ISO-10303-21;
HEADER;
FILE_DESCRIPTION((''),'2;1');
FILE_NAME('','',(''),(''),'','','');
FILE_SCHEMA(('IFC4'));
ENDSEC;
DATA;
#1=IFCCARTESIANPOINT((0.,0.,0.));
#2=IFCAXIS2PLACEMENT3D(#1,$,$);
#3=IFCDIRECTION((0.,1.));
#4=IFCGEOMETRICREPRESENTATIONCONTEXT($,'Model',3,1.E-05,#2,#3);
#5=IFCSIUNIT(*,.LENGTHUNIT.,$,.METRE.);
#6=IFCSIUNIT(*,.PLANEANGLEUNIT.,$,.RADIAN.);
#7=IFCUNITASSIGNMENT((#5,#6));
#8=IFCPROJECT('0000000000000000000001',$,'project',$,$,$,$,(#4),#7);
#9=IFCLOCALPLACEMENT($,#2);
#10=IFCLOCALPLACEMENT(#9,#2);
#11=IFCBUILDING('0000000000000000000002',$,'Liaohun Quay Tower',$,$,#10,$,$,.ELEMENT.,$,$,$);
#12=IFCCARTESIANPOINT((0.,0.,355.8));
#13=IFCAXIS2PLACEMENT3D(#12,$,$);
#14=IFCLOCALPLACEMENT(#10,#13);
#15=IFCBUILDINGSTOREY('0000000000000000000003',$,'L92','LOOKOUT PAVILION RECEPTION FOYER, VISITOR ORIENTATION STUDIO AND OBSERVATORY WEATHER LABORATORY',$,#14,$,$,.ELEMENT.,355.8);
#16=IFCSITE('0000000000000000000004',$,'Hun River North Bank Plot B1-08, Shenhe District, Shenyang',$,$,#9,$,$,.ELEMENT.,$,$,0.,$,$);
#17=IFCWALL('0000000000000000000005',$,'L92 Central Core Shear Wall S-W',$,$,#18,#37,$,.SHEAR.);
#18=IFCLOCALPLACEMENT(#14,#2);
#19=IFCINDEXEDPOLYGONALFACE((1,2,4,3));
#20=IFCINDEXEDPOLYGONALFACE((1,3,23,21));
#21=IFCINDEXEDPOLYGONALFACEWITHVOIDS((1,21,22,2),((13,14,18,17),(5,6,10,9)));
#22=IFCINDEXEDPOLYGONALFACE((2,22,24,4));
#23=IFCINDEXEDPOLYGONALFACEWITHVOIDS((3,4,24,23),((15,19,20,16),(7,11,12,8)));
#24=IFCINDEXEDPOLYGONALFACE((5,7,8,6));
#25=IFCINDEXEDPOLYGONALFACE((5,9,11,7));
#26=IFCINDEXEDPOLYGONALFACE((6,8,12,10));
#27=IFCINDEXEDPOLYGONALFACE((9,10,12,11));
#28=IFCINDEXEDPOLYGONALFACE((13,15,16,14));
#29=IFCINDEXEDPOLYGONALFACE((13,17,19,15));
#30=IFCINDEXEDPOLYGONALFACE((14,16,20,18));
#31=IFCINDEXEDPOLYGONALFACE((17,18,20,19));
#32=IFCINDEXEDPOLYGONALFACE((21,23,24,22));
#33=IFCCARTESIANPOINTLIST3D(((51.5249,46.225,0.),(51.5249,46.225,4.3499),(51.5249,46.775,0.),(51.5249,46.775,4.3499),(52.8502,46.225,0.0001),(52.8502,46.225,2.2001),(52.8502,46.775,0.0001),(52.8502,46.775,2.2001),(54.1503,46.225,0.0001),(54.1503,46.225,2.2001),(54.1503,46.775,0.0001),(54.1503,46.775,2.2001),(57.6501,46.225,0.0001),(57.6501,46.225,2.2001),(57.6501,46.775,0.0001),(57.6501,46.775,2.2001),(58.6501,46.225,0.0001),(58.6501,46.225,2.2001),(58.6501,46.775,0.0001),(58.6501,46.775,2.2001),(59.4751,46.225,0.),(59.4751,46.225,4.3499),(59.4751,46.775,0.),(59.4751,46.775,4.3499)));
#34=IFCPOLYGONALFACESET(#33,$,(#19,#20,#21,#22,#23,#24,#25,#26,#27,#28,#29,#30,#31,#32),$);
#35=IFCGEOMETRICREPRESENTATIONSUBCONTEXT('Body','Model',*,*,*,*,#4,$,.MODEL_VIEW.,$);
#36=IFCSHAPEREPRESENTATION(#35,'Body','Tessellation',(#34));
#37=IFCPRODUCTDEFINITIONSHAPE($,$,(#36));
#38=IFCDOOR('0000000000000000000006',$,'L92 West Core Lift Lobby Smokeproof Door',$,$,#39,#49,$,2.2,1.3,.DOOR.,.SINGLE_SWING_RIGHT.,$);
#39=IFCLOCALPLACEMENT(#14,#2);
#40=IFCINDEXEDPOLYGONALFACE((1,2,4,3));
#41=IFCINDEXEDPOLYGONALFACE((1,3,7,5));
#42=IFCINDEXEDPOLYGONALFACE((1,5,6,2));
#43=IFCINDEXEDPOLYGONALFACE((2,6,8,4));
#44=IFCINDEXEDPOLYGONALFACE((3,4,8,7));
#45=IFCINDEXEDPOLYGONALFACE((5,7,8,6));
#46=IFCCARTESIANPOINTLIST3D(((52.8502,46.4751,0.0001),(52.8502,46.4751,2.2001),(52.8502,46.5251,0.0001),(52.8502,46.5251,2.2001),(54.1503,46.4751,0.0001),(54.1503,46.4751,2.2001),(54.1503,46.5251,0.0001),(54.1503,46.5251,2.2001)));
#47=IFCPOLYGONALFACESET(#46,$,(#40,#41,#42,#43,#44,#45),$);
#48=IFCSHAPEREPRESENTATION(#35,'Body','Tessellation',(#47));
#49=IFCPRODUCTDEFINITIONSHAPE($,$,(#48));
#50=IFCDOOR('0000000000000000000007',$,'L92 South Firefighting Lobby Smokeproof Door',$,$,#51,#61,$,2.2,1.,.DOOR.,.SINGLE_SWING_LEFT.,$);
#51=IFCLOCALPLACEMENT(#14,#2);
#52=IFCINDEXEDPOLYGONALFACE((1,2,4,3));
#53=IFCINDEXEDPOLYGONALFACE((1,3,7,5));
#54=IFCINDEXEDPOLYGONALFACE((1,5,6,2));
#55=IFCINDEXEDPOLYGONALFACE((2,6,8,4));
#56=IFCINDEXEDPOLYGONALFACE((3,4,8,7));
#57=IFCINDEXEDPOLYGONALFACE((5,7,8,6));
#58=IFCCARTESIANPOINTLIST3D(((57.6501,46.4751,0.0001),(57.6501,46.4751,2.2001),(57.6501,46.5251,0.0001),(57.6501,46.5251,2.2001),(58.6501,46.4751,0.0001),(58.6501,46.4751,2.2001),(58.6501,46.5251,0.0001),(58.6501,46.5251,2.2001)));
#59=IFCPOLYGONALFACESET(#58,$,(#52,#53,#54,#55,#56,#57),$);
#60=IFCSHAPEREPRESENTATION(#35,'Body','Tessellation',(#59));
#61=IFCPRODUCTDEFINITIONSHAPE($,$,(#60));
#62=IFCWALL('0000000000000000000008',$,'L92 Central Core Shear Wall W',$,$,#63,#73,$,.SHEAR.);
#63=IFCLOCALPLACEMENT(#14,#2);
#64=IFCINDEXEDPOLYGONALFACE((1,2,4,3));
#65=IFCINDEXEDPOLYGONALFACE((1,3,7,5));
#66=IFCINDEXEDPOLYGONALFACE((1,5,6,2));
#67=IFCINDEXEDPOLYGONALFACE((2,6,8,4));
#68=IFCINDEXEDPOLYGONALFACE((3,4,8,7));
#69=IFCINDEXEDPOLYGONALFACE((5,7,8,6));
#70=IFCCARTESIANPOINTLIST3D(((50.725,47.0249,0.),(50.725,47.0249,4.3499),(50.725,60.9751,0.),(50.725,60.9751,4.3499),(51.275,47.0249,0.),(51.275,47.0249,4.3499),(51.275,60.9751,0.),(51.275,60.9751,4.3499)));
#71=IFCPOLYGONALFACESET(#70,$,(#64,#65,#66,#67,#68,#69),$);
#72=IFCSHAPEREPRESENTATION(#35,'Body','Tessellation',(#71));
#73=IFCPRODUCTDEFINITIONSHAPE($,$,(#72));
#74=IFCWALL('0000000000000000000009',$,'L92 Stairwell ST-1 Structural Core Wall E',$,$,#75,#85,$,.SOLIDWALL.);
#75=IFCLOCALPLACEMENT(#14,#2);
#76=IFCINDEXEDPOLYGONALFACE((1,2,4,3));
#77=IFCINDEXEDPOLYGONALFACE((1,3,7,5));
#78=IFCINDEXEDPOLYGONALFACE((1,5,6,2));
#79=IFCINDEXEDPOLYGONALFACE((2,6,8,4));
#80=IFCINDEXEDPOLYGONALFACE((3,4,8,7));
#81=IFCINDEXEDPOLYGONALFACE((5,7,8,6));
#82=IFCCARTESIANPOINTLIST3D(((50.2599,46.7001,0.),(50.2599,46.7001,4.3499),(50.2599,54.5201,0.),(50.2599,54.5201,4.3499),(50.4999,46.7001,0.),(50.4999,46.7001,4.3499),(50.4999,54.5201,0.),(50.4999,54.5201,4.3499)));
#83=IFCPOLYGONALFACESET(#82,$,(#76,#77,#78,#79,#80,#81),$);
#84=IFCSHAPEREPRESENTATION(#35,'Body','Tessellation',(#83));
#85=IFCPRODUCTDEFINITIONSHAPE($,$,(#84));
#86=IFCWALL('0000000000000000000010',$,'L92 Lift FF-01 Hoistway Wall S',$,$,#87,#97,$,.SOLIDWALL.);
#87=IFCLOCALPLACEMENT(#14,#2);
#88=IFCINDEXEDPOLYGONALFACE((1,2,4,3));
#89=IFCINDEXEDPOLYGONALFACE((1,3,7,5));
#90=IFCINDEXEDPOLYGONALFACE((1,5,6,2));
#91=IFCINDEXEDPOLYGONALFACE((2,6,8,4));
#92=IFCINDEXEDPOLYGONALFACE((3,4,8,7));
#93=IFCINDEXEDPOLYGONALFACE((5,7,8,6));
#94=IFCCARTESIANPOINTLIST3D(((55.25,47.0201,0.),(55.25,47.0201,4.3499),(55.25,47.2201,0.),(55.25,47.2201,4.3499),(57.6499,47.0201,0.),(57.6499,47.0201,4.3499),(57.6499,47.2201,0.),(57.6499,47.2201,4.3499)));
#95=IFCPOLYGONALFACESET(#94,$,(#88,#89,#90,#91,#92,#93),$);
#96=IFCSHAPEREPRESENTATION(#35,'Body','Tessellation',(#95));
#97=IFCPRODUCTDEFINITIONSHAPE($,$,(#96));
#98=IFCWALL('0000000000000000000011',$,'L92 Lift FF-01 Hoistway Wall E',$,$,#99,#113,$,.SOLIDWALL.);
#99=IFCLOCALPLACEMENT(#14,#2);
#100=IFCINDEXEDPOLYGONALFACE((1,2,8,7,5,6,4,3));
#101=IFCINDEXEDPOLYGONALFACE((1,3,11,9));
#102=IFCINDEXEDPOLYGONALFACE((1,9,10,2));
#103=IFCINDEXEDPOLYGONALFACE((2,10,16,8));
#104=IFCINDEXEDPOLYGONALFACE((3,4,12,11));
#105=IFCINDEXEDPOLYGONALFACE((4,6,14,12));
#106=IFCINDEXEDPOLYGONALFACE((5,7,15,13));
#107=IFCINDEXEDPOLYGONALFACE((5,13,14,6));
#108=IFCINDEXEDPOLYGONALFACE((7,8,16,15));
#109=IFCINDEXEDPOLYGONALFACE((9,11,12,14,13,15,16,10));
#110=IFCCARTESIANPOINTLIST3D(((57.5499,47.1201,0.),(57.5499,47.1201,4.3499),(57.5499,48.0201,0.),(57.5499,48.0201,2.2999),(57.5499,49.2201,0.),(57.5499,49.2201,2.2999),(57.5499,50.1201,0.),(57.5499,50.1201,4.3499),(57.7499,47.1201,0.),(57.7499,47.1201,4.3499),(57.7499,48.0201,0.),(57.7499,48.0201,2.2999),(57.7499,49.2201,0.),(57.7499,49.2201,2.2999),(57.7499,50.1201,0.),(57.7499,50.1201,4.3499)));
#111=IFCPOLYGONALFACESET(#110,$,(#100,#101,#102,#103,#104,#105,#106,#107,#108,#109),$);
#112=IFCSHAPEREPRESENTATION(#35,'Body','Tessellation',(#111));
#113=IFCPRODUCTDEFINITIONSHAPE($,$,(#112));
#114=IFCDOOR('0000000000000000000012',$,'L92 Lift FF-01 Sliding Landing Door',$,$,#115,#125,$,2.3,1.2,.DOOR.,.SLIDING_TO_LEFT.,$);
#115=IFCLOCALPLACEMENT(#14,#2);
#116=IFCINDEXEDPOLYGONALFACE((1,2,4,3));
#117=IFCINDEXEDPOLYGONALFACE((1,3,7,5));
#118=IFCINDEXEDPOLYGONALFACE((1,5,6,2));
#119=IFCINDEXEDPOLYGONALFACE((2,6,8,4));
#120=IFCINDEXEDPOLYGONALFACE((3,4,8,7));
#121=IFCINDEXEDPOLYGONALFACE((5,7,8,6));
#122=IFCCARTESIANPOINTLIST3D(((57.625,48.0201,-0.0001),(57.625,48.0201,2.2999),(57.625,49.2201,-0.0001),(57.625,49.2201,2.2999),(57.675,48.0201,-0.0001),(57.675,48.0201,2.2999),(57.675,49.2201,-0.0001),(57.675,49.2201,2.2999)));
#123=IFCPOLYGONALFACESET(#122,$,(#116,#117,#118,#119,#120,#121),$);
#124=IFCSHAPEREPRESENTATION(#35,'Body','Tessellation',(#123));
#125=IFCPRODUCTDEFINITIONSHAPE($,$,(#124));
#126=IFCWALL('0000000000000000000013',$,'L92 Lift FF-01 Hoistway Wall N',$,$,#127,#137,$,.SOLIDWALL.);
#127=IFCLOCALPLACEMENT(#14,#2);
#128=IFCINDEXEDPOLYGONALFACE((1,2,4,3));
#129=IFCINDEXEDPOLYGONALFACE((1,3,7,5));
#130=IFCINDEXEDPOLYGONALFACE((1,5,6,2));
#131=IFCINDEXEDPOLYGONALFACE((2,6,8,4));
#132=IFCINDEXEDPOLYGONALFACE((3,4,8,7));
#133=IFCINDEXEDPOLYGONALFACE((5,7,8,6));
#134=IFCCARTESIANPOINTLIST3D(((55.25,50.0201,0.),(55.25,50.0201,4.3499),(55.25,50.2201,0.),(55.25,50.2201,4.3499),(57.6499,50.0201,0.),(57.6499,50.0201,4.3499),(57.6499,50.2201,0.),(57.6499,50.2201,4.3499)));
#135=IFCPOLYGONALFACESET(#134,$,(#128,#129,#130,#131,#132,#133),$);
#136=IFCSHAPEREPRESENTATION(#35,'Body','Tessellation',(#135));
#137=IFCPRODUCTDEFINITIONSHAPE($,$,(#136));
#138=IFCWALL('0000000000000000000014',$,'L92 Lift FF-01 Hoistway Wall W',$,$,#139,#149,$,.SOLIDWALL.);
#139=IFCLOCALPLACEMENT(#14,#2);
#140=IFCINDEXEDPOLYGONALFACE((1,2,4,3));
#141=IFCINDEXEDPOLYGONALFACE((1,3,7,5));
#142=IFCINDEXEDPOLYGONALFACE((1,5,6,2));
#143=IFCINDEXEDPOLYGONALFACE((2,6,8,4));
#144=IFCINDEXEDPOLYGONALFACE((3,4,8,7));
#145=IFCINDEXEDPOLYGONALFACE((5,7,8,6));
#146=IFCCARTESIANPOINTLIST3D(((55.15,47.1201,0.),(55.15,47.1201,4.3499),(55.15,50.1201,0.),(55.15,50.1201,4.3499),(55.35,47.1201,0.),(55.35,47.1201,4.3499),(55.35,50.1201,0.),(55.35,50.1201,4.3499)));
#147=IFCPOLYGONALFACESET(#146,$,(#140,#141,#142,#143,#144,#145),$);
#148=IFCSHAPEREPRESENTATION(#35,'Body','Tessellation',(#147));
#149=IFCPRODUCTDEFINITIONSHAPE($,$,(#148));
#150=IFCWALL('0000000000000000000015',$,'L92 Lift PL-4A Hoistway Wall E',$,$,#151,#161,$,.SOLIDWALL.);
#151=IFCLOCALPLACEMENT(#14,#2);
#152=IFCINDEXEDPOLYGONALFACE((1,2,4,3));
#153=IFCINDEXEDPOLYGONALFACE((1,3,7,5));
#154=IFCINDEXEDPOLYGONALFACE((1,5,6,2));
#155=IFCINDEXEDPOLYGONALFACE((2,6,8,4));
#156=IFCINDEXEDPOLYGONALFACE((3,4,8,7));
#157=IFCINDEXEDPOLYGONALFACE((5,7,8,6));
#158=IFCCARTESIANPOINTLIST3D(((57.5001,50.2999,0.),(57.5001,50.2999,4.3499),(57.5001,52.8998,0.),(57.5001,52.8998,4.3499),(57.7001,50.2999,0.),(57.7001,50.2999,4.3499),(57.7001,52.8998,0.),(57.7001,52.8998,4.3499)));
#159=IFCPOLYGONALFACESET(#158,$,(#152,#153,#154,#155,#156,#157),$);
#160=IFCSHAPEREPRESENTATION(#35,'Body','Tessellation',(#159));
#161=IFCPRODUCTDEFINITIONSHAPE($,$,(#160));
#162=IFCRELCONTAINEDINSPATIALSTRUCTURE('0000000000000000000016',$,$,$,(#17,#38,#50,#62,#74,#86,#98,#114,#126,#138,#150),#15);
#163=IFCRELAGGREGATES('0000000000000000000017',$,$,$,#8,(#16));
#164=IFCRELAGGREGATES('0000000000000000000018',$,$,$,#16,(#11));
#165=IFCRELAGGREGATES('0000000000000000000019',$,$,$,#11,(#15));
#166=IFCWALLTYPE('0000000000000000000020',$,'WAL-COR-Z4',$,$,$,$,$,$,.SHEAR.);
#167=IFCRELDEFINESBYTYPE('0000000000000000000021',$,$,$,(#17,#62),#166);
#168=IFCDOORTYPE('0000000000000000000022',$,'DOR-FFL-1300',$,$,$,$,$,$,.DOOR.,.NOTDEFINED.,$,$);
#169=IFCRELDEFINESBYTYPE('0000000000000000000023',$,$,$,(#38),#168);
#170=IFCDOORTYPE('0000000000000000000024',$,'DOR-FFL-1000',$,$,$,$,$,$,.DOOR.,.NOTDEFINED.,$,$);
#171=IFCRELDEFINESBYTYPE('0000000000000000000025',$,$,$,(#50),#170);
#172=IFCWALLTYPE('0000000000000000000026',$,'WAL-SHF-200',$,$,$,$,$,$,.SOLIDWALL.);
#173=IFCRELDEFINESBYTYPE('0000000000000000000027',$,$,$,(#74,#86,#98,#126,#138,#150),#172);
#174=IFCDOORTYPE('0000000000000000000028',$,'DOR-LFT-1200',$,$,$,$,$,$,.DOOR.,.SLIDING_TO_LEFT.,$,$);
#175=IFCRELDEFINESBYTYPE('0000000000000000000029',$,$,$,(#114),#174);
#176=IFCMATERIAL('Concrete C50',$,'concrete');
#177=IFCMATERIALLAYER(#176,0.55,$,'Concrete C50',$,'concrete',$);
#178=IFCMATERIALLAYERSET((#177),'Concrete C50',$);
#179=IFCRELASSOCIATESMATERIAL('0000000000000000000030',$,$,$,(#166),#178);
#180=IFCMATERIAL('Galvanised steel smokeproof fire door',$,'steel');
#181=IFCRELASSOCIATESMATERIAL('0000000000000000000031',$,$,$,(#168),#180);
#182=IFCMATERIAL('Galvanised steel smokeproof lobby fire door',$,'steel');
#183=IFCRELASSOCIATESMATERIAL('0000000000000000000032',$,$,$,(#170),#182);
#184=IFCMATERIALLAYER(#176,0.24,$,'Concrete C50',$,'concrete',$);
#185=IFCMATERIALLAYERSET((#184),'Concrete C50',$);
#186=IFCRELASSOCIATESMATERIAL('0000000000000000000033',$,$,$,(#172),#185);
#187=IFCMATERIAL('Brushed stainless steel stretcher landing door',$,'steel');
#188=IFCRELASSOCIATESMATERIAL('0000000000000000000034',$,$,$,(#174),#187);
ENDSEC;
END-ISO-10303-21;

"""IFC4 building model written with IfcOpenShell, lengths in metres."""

from ifc_helpers import new_model, si_unit, direction, frame, frame_2d, origin, place, context, subcontext, project, spatial, rectangle, extrude, source, transform, mapped, material, layer, layer_set, type_object, element, fill, save


model = new_model("IFC4")

# Units and contexts
model_context = context("Model", 3, precision=1e-05, world=origin(), true_north=direction((0.0, 1.0)))
body_context = subcontext(model_context, "Body", "Model", "MODEL_VIEW")
ifc_project = project(units=[si_unit("LENGTHUNIT", "METRE"), si_unit("PLANEANGLEUNIT", "RADIAN")], contexts=[model_context])

# Site, building, storey
site_placement = place(None, origin())
site = spatial("IfcSite", under=ifc_project, at=site_placement, Name="Hun River North Bank Plot B1-08, Shenhe District, Shenyang", CompositionType="ELEMENT", RefElevation=0.0)
building_placement = place(site_placement, origin())
building = spatial("IfcBuilding", under=site, at=building_placement, Name="Liaohun Quay Tower", CompositionType="ELEMENT")
storey_placement = place(building_placement, frame((0.0, 0.0, 355.8)))
storey = spatial("IfcBuildingStorey", under=building, at=storey_placement, Name="L92", Description="LOOKOUT PAVILION RECEPTION FOYER, VISITOR ORIENTATION STUDIO AND OBSERVATORY WEATHER LABORATORY", CompositionType="ELEMENT", Elevation=355.8)

# Shared definitions
ifc_material_1 = material(Name="Concrete C50", Category="concrete")

# Wall, openings, doors
ifc_layer_1 = layer(ifc_material_1, 0.55, Name="Concrete C50", Category="concrete")
ifc_layer_set_1 = layer_set([ifc_layer_1], Name="Concrete C50")
wall_type_1 = type_object("IfcWallType", Name="WAL-COR-Z4", PredefinedType="SHEAR", material=ifc_layer_set_1)
wall_1_placement = place(storey_placement, frame((59.4751, 46.5, 0.0), z_axis=(0.0, 0.0, 1.0), x_axis=(-1.0, 0.0, 0.0)))
wall_1 = element("IfcWall", 1, at=wall_1_placement, inside=storey, type_object=wall_type_1, Name="L92 Central Core Shear Wall S-W", PredefinedType="SHEAR", context=body_context, shape_type="SweptSolid", body=[
    extrude(rectangle(XDim=7.9502, YDim=0.55, at=frame_2d((3.9751, 0.0))), origin(), (0.0, 0.0, 1.0), 4.3499),
])
shared_shape_1 = source(origin(), body_context, "Body", "SweptSolid", [
    extrude(rectangle(XDim=1.3, YDim=2.2, at=frame_2d((0.6499, 1.1001))), frame((0.0, 0.2849, 0.0), z_axis=(0.0, -1.0, 0.0), x_axis=(1.0, 0.0, 0.0)), (0.0, 0.0, 1.0), 0.5701),
])
opening_1_placement = place(wall_1_placement, frame((5.325, 0.0, 0.0)))
opening_1 = element("IfcOpeningElement", 2, at=opening_1_placement, cuts=wall_1, PredefinedType="OPENING", context=body_context, shape_type="MappedRepresentation", body=[
    mapped(shared_shape_1, transform((0.0, 0.0, 0.0), x_axis=(1.0, 0.0, 0.0), y_axis=(0.0, 1.0, 0.0), z_axis=(0.0, 0.0, 1.0), scale=1.0)),
])
shared_shape_2 = source(origin(), body_context, "Body", "SweptSolid", [
    extrude(rectangle(XDim=1.0, YDim=2.2, at=frame_2d((0.5, 1.1001))), frame((0.0, 0.2849, 0.0), z_axis=(0.0, -1.0, 0.0), x_axis=(1.0, 0.0, 0.0)), (0.0, 0.0, 1.0), 0.5701),
])
opening_2_placement = place(wall_1_placement, frame((0.825, 0.0, 0.0)))
opening_2 = element("IfcOpeningElement", 3, at=opening_2_placement, cuts=wall_1, PredefinedType="OPENING", context=body_context, shape_type="MappedRepresentation", body=[
    mapped(shared_shape_2, transform((0.0, 0.0, 0.0), x_axis=(1.0, 0.0, 0.0), y_axis=(0.0, 1.0, 0.0), z_axis=(0.0, 0.0, 1.0), scale=1.0)),
])
ifc_material_2 = material(Name="Galvanised steel smokeproof fire door", Category="steel")
door_type_1 = type_object("IfcDoorType", Name="DOR-FFL-1300", OperationType="NOTDEFINED", PredefinedType="DOOR", material=ifc_material_2)
shared_shape_3 = source(origin(), body_context, "Body", "SweptSolid", [
    extrude(rectangle(XDim=1.3, YDim=2.2, at=frame_2d((0.6499, 1.1001))), frame((0.0, 0.0249, 0.0), z_axis=(0.0, -1.0, 0.0), x_axis=(1.0, 0.0, 0.0)), (0.0, 0.0, 1.0), 0.05),
])
door_1_placement = place(opening_1_placement, origin())
door_1 = element("IfcDoor", 4, at=door_1_placement, inside=storey, type_object=door_type_1, Name="L92 West Core Lift Lobby Smokeproof Door", OperationType="SINGLE_SWING_RIGHT", OverallHeight=2.2, OverallWidth=1.3, PredefinedType="DOOR", context=body_context, shape_type="MappedRepresentation", body=[
    mapped(shared_shape_3, transform((0.0, 0.0, 0.0), x_axis=(1.0, 0.0, 0.0), y_axis=(0.0, 1.0, 0.0), z_axis=(0.0, 0.0, 1.0), scale=1.0)),
])
fill(opening_1, door_1)
ifc_material_3 = material(Name="Galvanised steel smokeproof lobby fire door", Category="steel")
door_type_2 = type_object("IfcDoorType", Name="DOR-FFL-1000", OperationType="NOTDEFINED", PredefinedType="DOOR", material=ifc_material_3)
shared_shape_4 = source(origin(), body_context, "Body", "SweptSolid", [
    extrude(rectangle(XDim=1.0, YDim=2.2, at=frame_2d((0.5, 1.1001))), frame((0.0, 0.0249, 0.0), z_axis=(0.0, -1.0, 0.0), x_axis=(1.0, 0.0, 0.0)), (0.0, 0.0, 1.0), 0.05),
])
door_2_placement = place(opening_2_placement, origin())
door_2 = element("IfcDoor", 5, at=door_2_placement, inside=storey, type_object=door_type_2, Name="L92 South Firefighting Lobby Smokeproof Door", OperationType="SINGLE_SWING_LEFT", OverallHeight=2.2, OverallWidth=1.0, PredefinedType="DOOR", context=body_context, shape_type="MappedRepresentation", body=[
    mapped(shared_shape_4, transform((0.0, 0.0, 0.0), x_axis=(1.0, 0.0, 0.0), y_axis=(0.0, 1.0, 0.0), z_axis=(0.0, 0.0, 1.0), scale=1.0)),
])
fill(opening_2, door_2)

# Walls
wall_2_placement = place(storey_placement, frame((51.0, 47.0249, 0.0), z_axis=(0.0, 0.0, 1.0), x_axis=(0.0, 1.0, 0.0)))
element("IfcWall", 6, at=wall_2_placement, inside=storey, type_object=wall_type_1, Name="L92 Central Core Shear Wall W", PredefinedType="SHEAR", context=body_context, shape_type="SweptSolid", body=[
    extrude(rectangle(XDim=13.9502, YDim=0.55, at=frame_2d((6.9751, 0.0))), origin(), (0.0, 0.0, 1.0), 4.3499),
])
ifc_layer_2 = layer(ifc_material_1, 0.24, Name="Concrete C50", Category="concrete")
ifc_layer_set_2 = layer_set([ifc_layer_2], Name="Concrete C50")
wall_type_2 = type_object("IfcWallType", Name="WAL-SHF-200", PredefinedType="SOLIDWALL", material=ifc_layer_set_2)
wall_3_placement = place(storey_placement, frame((50.3799, 46.7, 0.0), z_axis=(0.0, 0.0, 1.0), x_axis=(0.0, 1.0, 0.0)))
element("IfcWall", 7, at=wall_3_placement, inside=storey, type_object=wall_type_2, Name="L92 Stairwell ST-1 Structural Core Wall E", PredefinedType="SOLIDWALL", context=body_context, shape_type="SweptSolid", body=[
    extrude(rectangle(XDim=7.8201, YDim=0.24, at=frame_2d((3.9102, 0.0))), origin(), (0.0, 0.0, 1.0), 4.3499),
])
wall_4_placement = place(storey_placement, frame((55.25, 47.1201, 0.0), z_axis=(0.0, 0.0, 1.0), x_axis=(1.0, 0.0, 0.0)))
element("IfcWall", 8, at=wall_4_placement, inside=storey, type_object=wall_type_2, Name="L92 Lift FF-01 Hoistway Wall S", PredefinedType="SOLIDWALL", context=body_context, shape_type="SweptSolid", body=[
    extrude(rectangle(XDim=2.3999, YDim=0.2, at=frame_2d((1.2, 0.0))), origin(), (0.0, 0.0, 1.0), 4.3499),
])

# Wall, opening, door
wall_5_placement = place(storey_placement, frame((57.6499, 47.1201, 0.0), z_axis=(0.0, 0.0, 1.0), x_axis=(0.0, 1.0, 0.0)))
wall_5 = element("IfcWall", 9, at=wall_5_placement, inside=storey, type_object=wall_type_2, Name="L92 Lift FF-01 Hoistway Wall E", PredefinedType="SOLIDWALL", context=body_context, shape_type="SweptSolid", body=[
    extrude(rectangle(XDim=3.0, YDim=0.2, at=frame_2d((1.5, 0.0))), origin(), (0.0, 0.0, 1.0), 4.3499),
])
shared_shape_5 = source(origin(), body_context, "Body", "SweptSolid", [
    extrude(rectangle(XDim=1.2, YDim=2.3, at=frame_2d((0.6001, 1.1499))), frame((0.0, 0.1099, 0.0), z_axis=(0.0, -1.0, 0.0), x_axis=(1.0, 0.0, 0.0)), (0.0, 0.0, 1.0), 0.22),
])
opening_3_placement = place(wall_5_placement, frame((0.8999, 0.0, 0.0)))
opening_3 = element("IfcOpeningElement", 10, at=opening_3_placement, cuts=wall_5, PredefinedType="OPENING", context=body_context, shape_type="MappedRepresentation", body=[
    mapped(shared_shape_5, transform((0.0, 0.0, 0.0), x_axis=(1.0, 0.0, 0.0), y_axis=(0.0, 1.0, 0.0), z_axis=(0.0, 0.0, 1.0), scale=1.0)),
])
ifc_material_4 = material(Name="Brushed stainless steel stretcher landing door", Category="steel")
door_type_3 = type_object("IfcDoorType", Name="DOR-LFT-1200", OperationType="SLIDING_TO_LEFT", PredefinedType="DOOR", material=ifc_material_4)
shared_shape_6 = source(origin(), body_context, "Body", "SweptSolid", [
    extrude(rectangle(XDim=1.2, YDim=2.3, at=frame_2d((0.6001, 1.1499))), frame((0.0, 0.0249, 0.0), z_axis=(0.0, -1.0, 0.0), x_axis=(1.0, 0.0, 0.0)), (0.0, 0.0, 1.0), 0.05),
])
door_3_placement = place(opening_3_placement, origin())
door_3 = element("IfcDoor", 11, at=door_3_placement, inside=storey, type_object=door_type_3, Name="L92 Lift FF-01 Sliding Landing Door", OperationType="SLIDING_TO_LEFT", OverallHeight=2.3, OverallWidth=1.2, PredefinedType="DOOR", context=body_context, shape_type="MappedRepresentation", body=[
    mapped(shared_shape_6, transform((0.0, 0.0, 0.0), x_axis=(1.0, 0.0, 0.0), y_axis=(0.0, 1.0, 0.0), z_axis=(0.0, 0.0, 1.0), scale=1.0)),
])
fill(opening_3, door_3)

# Walls
wall_6_placement = place(storey_placement, frame((57.6499, 50.1201, 0.0), z_axis=(0.0, 0.0, 1.0), x_axis=(-1.0, 0.0, 0.0)))
element("IfcWall", 12, at=wall_6_placement, inside=storey, type_object=wall_type_2, Name="L92 Lift FF-01 Hoistway Wall N", PredefinedType="SOLIDWALL", context=body_context, shape_type="SweptSolid", body=[
    extrude(rectangle(XDim=2.3999, YDim=0.2, at=frame_2d((1.2, 0.0))), origin(), (0.0, 0.0, 1.0), 4.3499),
])
wall_7_placement = place(storey_placement, frame((55.25, 50.1201, 0.0), z_axis=(0.0, 0.0, 1.0), x_axis=(0.0, -1.0, 0.0)))
element("IfcWall", 13, at=wall_7_placement, inside=storey, type_object=wall_type_2, Name="L92 Lift FF-01 Hoistway Wall W", PredefinedType="SOLIDWALL", context=body_context, shape_type="SweptSolid", body=[
    extrude(rectangle(XDim=3.0, YDim=0.2, at=frame_2d((1.5, 0.0))), origin(), (0.0, 0.0, 1.0), 4.3499),
])
for number, where, z_axis, x_axis, name in (
    (14, (57.6001, 50.3, 0.0), (0.0, 0.0, 1.0), (0.0, 1.0, 0.0), "L92 Lift PL-4A Hoistway Wall E"),
):
    element("IfcWall", number, at=place(storey_placement, frame(where, z_axis=z_axis, x_axis=x_axis)), inside=storey, type_object=wall_type_2, Name=name, PredefinedType="SOLIDWALL", context=body_context, shape_type="SweptSolid", body=[
        extrude(rectangle(XDim=2.5999, YDim=0.2, at=frame_2d((1.2998, 0.0))), origin(), (0.0, 0.0, 1.0), 4.3499),
    ])

save(model, "model.ifc")
